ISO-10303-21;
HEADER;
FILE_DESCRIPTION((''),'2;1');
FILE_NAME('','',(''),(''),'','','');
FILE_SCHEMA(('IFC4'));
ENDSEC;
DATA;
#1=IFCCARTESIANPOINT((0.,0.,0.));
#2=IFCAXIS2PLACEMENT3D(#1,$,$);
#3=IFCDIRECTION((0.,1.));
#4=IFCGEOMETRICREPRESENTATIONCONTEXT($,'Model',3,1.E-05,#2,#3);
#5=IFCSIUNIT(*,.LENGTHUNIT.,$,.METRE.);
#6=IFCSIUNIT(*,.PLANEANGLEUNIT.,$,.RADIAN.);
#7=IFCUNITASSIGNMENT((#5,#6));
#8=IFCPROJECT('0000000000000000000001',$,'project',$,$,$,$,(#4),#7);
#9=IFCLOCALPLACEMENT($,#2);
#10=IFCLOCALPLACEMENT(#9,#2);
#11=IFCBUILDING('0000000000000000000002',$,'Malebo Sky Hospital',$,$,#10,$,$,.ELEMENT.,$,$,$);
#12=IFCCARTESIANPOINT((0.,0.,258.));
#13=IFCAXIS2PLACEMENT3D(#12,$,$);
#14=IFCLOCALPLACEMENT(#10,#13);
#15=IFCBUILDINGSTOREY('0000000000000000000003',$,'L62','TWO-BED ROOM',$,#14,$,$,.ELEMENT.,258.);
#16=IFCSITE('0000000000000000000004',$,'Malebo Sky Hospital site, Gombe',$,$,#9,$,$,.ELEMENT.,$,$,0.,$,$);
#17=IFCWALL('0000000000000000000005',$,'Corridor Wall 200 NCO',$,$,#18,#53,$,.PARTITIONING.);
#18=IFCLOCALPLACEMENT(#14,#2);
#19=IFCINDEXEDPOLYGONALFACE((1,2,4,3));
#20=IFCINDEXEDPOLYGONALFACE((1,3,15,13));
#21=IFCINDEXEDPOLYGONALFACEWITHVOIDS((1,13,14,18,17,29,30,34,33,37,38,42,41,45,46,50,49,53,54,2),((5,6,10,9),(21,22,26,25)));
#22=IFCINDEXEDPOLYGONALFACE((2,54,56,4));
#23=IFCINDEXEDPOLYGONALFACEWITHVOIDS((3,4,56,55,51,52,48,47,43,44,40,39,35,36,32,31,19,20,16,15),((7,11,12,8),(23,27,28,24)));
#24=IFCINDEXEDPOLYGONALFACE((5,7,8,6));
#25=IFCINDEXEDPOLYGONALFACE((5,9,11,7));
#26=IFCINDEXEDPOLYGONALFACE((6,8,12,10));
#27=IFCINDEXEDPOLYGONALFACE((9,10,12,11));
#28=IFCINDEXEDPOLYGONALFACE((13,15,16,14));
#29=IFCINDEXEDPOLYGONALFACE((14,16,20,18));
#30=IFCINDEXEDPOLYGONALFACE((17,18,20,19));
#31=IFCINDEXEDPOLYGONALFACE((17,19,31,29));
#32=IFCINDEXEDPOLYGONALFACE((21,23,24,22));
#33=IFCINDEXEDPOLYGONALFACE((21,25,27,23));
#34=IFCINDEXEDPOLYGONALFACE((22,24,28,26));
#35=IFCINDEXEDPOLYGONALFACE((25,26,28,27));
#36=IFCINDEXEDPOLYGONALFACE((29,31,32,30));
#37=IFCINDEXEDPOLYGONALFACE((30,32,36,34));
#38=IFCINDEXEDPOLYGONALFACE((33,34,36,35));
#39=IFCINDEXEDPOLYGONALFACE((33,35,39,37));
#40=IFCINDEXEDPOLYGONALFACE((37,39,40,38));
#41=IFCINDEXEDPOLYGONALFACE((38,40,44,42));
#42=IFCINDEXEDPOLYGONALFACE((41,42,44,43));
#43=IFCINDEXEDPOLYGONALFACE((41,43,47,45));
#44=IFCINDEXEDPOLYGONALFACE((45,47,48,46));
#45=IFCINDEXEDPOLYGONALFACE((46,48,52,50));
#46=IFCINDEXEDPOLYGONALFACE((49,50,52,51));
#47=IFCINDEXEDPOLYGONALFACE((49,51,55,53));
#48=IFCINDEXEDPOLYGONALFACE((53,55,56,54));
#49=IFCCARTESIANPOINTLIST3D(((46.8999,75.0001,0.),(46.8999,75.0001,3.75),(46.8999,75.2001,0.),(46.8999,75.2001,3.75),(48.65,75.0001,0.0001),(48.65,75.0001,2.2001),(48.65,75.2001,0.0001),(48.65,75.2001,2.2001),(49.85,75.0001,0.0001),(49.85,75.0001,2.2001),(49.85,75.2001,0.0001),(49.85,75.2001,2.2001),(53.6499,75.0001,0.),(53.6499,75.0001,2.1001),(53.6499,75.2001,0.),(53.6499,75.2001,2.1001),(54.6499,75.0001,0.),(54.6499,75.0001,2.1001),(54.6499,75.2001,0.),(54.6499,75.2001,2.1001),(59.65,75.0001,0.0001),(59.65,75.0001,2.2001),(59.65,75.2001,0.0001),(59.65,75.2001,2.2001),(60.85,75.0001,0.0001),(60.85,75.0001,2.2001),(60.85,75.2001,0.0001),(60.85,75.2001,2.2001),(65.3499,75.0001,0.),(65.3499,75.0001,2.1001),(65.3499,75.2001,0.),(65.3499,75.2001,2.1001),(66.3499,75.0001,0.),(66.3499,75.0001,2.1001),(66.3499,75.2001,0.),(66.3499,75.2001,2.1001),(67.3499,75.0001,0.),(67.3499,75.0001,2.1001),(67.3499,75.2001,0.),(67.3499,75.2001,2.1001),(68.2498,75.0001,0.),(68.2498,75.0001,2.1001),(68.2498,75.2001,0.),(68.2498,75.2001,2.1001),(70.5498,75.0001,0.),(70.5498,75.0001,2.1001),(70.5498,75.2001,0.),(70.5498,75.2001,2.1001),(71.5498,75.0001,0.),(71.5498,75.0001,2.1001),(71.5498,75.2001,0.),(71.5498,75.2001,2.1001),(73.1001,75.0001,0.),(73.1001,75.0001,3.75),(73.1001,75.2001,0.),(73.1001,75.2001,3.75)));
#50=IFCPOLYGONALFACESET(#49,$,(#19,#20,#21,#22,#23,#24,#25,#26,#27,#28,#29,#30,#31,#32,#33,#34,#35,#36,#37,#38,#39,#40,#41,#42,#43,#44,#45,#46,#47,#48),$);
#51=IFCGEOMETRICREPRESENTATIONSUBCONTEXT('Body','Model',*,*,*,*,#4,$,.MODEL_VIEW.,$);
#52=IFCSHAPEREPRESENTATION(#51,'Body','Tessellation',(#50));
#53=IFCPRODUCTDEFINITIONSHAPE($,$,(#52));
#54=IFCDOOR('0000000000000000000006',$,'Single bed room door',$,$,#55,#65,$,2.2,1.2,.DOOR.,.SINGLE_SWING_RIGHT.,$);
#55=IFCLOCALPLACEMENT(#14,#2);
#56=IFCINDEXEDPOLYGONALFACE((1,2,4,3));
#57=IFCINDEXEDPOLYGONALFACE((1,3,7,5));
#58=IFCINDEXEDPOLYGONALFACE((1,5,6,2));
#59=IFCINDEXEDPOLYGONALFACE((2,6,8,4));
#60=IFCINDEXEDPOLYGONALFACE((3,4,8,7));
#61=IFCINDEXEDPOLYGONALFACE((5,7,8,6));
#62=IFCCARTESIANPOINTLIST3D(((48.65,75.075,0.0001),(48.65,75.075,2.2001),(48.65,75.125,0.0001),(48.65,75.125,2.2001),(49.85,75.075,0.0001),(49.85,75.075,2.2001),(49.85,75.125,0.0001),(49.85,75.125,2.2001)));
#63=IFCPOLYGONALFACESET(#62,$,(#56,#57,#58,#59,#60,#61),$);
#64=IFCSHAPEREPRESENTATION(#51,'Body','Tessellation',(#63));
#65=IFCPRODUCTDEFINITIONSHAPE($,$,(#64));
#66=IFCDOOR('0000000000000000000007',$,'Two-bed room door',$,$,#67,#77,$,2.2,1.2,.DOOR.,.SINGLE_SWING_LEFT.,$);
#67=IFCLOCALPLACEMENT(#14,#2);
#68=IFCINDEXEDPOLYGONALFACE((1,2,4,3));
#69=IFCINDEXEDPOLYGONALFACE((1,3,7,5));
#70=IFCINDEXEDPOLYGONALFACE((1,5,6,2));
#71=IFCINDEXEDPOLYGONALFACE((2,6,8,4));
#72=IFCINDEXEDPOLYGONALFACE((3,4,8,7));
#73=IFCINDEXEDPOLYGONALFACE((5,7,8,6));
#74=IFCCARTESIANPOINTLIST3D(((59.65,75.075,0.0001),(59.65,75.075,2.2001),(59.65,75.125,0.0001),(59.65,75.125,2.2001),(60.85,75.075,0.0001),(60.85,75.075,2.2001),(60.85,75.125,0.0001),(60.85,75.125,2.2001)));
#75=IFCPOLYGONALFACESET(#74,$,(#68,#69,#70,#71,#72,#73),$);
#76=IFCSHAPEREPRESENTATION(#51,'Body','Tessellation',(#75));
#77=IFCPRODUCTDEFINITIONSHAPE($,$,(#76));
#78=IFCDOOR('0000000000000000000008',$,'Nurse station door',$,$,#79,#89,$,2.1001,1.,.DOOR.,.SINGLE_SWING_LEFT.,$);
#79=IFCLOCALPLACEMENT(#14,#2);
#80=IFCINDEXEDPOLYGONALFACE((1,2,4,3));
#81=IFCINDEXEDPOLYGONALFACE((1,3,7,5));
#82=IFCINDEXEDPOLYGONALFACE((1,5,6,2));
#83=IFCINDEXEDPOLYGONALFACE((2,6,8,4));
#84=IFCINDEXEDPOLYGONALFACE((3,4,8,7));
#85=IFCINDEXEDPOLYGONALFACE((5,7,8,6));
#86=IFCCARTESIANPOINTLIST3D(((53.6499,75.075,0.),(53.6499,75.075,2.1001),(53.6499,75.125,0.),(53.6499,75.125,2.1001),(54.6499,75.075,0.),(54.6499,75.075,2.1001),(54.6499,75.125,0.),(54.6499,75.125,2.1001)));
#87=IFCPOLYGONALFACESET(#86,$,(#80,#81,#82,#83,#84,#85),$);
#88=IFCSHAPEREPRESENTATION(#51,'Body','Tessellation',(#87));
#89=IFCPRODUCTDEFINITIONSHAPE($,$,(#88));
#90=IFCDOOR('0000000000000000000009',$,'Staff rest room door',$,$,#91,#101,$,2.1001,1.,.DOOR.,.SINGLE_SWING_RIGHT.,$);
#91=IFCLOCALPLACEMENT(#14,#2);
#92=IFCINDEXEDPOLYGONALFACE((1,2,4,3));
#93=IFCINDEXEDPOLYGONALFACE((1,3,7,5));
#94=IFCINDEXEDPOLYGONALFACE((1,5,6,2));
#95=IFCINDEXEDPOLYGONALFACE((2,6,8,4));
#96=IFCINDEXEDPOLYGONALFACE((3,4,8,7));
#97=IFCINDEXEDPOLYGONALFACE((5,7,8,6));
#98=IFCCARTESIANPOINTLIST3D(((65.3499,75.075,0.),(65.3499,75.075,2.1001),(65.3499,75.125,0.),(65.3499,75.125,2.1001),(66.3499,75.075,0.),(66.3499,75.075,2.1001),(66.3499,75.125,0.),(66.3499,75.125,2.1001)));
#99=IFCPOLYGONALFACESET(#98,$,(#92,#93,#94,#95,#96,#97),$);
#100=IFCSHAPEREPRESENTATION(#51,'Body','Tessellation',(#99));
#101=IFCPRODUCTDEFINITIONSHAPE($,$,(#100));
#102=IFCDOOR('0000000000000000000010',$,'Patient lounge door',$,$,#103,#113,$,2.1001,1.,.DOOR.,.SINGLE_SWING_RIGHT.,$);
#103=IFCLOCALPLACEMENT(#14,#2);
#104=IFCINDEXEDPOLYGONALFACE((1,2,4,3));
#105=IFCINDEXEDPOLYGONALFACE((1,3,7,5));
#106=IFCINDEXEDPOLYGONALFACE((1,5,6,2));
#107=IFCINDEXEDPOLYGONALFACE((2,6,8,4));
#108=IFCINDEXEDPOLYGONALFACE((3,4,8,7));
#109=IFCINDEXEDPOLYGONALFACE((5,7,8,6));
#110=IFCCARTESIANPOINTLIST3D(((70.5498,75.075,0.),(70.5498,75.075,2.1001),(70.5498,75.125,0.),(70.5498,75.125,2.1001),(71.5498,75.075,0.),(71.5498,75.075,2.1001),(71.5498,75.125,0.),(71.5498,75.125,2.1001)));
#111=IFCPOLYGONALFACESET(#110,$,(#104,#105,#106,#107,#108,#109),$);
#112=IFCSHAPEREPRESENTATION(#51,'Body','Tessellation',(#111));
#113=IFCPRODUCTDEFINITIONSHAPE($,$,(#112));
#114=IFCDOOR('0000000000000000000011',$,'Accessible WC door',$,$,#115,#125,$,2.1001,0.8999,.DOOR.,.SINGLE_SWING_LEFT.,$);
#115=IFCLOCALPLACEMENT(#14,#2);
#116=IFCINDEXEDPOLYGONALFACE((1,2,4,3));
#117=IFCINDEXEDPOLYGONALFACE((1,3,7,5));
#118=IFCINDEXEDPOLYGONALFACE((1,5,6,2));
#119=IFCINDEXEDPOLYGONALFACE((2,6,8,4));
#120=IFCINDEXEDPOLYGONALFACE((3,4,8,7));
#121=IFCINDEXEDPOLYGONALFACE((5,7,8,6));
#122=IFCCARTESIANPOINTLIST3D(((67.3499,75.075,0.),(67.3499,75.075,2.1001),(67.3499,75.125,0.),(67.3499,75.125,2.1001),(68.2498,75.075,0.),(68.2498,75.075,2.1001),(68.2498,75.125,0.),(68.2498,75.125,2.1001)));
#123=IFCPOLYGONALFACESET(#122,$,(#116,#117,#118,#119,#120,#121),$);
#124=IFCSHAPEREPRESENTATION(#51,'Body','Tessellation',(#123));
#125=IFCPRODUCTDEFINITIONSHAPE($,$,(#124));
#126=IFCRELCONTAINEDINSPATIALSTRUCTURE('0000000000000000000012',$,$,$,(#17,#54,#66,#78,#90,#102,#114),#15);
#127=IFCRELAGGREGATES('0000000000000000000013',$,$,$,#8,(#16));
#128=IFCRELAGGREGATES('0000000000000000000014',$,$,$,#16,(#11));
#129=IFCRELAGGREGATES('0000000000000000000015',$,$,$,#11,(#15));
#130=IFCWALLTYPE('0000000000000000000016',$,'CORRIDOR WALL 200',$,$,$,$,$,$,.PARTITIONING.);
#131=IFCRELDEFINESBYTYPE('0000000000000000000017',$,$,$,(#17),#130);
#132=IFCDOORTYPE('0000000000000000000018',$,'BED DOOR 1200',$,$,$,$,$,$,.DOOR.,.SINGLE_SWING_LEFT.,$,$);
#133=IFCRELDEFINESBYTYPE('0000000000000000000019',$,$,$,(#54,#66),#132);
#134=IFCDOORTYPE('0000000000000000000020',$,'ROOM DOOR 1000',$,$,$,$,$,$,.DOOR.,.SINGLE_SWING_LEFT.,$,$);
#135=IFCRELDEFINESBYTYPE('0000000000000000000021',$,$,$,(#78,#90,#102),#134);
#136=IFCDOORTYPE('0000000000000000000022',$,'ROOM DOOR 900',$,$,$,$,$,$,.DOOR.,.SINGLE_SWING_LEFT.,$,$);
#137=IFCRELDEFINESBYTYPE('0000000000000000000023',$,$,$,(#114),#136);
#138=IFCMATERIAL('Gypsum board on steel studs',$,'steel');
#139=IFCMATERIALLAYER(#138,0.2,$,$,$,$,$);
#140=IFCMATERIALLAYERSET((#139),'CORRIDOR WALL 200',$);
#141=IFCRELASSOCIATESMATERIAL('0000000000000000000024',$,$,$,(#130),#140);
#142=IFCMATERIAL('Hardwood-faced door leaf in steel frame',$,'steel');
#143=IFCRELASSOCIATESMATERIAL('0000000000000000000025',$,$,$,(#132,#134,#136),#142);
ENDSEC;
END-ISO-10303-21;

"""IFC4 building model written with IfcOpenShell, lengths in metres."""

from ifc_helpers import new_model, si_unit, direction, frame, frame_2d, origin, place, context, subcontext, project, spatial, rectangle, extrude, material, layer, layer_set, type_object, element, fill, save


model = new_model("IFC4")

# Units and contexts
model_context = context("Model", 3, precision=1e-05, world=origin(), true_north=direction((0.0, 1.0)))
body_context = subcontext(model_context, "Body", "Model", "MODEL_VIEW")
ifc_project = project(units=[si_unit("LENGTHUNIT", "METRE"), si_unit("PLANEANGLEUNIT", "RADIAN")], contexts=[model_context])

# Site, building, storey
site_placement = place(None, origin())
site = spatial("IfcSite", under=ifc_project, at=site_placement, Name="Malebo Sky Hospital site, Gombe", CompositionType="ELEMENT", RefElevation=0.0)
building_placement = place(site_placement, origin())
building = spatial("IfcBuilding", under=site, at=building_placement, Name="Malebo Sky Hospital", CompositionType="ELEMENT")
storey_placement = place(building_placement, frame((0.0, 0.0, 258.0)))
storey = spatial("IfcBuildingStorey", under=building, at=storey_placement, Name="L62", Description="TWO-BED ROOM", CompositionType="ELEMENT", Elevation=258.0)

# Shared definitions
ifc_material_1 = material(Name="Hardwood-faced door leaf in steel frame", Category="steel")

# Wall, openings, doors
ifc_material_2 = material(Name="Gypsum board on steel studs", Category="steel")
ifc_layer_1 = layer(ifc_material_2, 0.2)
ifc_layer_set_1 = layer_set([ifc_layer_1], Name="CORRIDOR WALL 200")
wall_type_1 = type_object("IfcWallType", Name="CORRIDOR WALL 200", PredefinedType="PARTITIONING", material=ifc_layer_set_1)
wall_1_placement = place(storey_placement, frame((46.8999, 75.1001, 0.0), z_axis=(0.0, 0.0, 1.0), x_axis=(1.0, 0.0, 0.0)))
wall_1 = element("IfcWall", 1, at=wall_1_placement, inside=storey, type_object=wall_type_1, Name="Corridor Wall 200 NCO", PredefinedType="PARTITIONING", context=body_context, shape_type="SweptSolid", body=[
    extrude(rectangle(XDim=26.2002, YDim=0.2, at=frame_2d((13.1001, 0.0))), origin(), (0.0, 0.0, 1.0), 3.75),
])
opening_1_placement = place(wall_1_placement, frame((1.75, 0.0, 0.0)))
opening_1 = element("IfcOpeningElement", 2, at=opening_1_placement, cuts=wall_1, PredefinedType="OPENING", context=body_context, shape_type="SweptSolid", body=[
    extrude(rectangle(XDim=1.2, YDim=2.2, at=frame_2d((0.6001, 1.1001))), frame((0.0, 0.1099, 0.0), z_axis=(0.0, -1.0, 0.0), x_axis=(1.0, 0.0, 0.0)), (0.0, 0.0, 1.0), 0.22),
])
opening_2_placement = place(wall_1_placement, frame((6.75, 0.0, 0.0)))
opening_2 = element("IfcOpeningElement", 3, at=opening_2_placement, cuts=wall_1, PredefinedType="OPENING", context=body_context, shape_type="SweptSolid", body=[
    extrude(rectangle(XDim=1.0, YDim=2.1001, at=frame_2d((0.5, 1.05))), frame((0.0, 0.1099, 0.0), z_axis=(0.0, -1.0, 0.0), x_axis=(1.0, 0.0, 0.0)), (0.0, 0.0, 1.0), 0.22),
])
opening_3_placement = place(wall_1_placement, frame((12.75, 0.0, 0.0)))
opening_3 = element("IfcOpeningElement", 4, at=opening_3_placement, cuts=wall_1, PredefinedType="OPENING", context=body_context, shape_type="SweptSolid", body=[
    extrude(rectangle(XDim=1.2, YDim=2.2, at=frame_2d((0.6001, 1.1001))), frame((0.0, 0.1099, 0.0), z_axis=(0.0, -1.0, 0.0), x_axis=(1.0, 0.0, 0.0)), (0.0, 0.0, 1.0), 0.22),
])
opening_4_placement = place(wall_1_placement, frame((20.45, 0.0, 0.0)))
opening_4 = element("IfcOpeningElement", 5, at=opening_4_placement, cuts=wall_1, PredefinedType="OPENING", context=body_context, shape_type="SweptSolid", body=[
    extrude(rectangle(XDim=0.8999, YDim=2.1001, at=frame_2d((0.45, 1.05))), frame((0.0, 0.1099, 0.0), z_axis=(0.0, -1.0, 0.0), x_axis=(1.0, 0.0, 0.0)), (0.0, 0.0, 1.0), 0.22),
])
opening_5_placement = place(wall_1_placement, frame((18.45, 0.0, 0.0)))
opening_5 = element("IfcOpeningElement", 6, at=opening_5_placement, cuts=wall_1, PredefinedType="OPENING", context=body_context, shape_type="SweptSolid", body=[
    extrude(rectangle(XDim=1.0, YDim=2.1001, at=frame_2d((0.5, 1.05))), frame((0.0, 0.1099, 0.0), z_axis=(0.0, -1.0, 0.0), x_axis=(1.0, 0.0, 0.0)), (0.0, 0.0, 1.0), 0.22),
])
opening_6_placement = place(wall_1_placement, frame((23.6499, 0.0, 0.0)))
opening_6 = element("IfcOpeningElement", 7, at=opening_6_placement, cuts=wall_1, PredefinedType="OPENING", context=body_context, shape_type="SweptSolid", body=[
    extrude(rectangle(XDim=1.0, YDim=2.1001, at=frame_2d((0.5, 1.05))), frame((0.0, 0.1099, 0.0), z_axis=(0.0, -1.0, 0.0), x_axis=(1.0, 0.0, 0.0)), (0.0, 0.0, 1.0), 0.22),
])
door_type_1 = type_object("IfcDoorType", Name="BED DOOR 1200", OperationType="SINGLE_SWING_LEFT", PredefinedType="DOOR", material=ifc_material_1)
door_1_placement = place(opening_1_placement, origin())
door_1 = element("IfcDoor", 8, at=door_1_placement, inside=storey, type_object=door_type_1, Name="Single bed room door", OperationType="SINGLE_SWING_RIGHT", OverallHeight=2.2, OverallWidth=1.2, PredefinedType="DOOR", context=body_context, shape_type="SweptSolid", body=[
    extrude(rectangle(XDim=1.2, YDim=2.2, at=frame_2d((0.6001, 1.1001))), frame((0.0, 0.0249, 0.0), z_axis=(0.0, -1.0, 0.0), x_axis=(1.0, 0.0, 0.0)), (0.0, 0.0, 1.0), 0.05),
])
fill(opening_1, door_1)
door_2_placement = place(opening_3_placement, origin())
door_2 = element("IfcDoor", 9, at=door_2_placement, inside=storey, type_object=door_type_1, Name="Two-bed room door", OperationType="SINGLE_SWING_LEFT", OverallHeight=2.2, OverallWidth=1.2, PredefinedType="DOOR", context=body_context, shape_type="SweptSolid", body=[
    extrude(rectangle(XDim=1.2, YDim=2.2, at=frame_2d((0.6001, 1.1001))), frame((0.0, 0.0249, 0.0), z_axis=(0.0, -1.0, 0.0), x_axis=(1.0, 0.0, 0.0)), (0.0, 0.0, 1.0), 0.05),
])
fill(opening_3, door_2)
door_type_2 = type_object("IfcDoorType", Name="ROOM DOOR 1000", OperationType="SINGLE_SWING_LEFT", PredefinedType="DOOR", material=ifc_material_1)
door_3_placement = place(opening_2_placement, origin())
door_3 = element("IfcDoor", 10, at=door_3_placement, inside=storey, type_object=door_type_2, Name="Nurse station door", OperationType="SINGLE_SWING_LEFT", OverallHeight=2.1001, OverallWidth=1.0, PredefinedType="DOOR", context=body_context, shape_type="SweptSolid", body=[
    extrude(rectangle(XDim=1.0, YDim=2.1001, at=frame_2d((0.5, 1.05))), frame((0.0, 0.0249, 0.0), z_axis=(0.0, -1.0, 0.0), x_axis=(1.0, 0.0, 0.0)), (0.0, 0.0, 1.0), 0.05),
])
fill(opening_2, door_3)
door_4_placement = place(opening_5_placement, origin())
door_4 = element("IfcDoor", 11, at=door_4_placement, inside=storey, type_object=door_type_2, Name="Staff rest room door", OperationType="SINGLE_SWING_RIGHT", OverallHeight=2.1001, OverallWidth=1.0, PredefinedType="DOOR", context=body_context, shape_type="SweptSolid", body=[
    extrude(rectangle(XDim=1.0, YDim=2.1001, at=frame_2d((0.5, 1.05))), frame((0.0, 0.0249, 0.0), z_axis=(0.0, -1.0, 0.0), x_axis=(1.0, 0.0, 0.0)), (0.0, 0.0, 1.0), 0.05),
])
fill(opening_5, door_4)
door_5_placement = place(opening_6_placement, origin())
door_5 = element("IfcDoor", 12, at=door_5_placement, inside=storey, type_object=door_type_2, Name="Patient lounge door", OperationType="SINGLE_SWING_RIGHT", OverallHeight=2.1001, OverallWidth=1.0, PredefinedType="DOOR", context=body_context, shape_type="SweptSolid", body=[
    extrude(rectangle(XDim=1.0, YDim=2.1001, at=frame_2d((0.5, 1.05))), frame((0.0, 0.0249, 0.0), z_axis=(0.0, -1.0, 0.0), x_axis=(1.0, 0.0, 0.0)), (0.0, 0.0, 1.0), 0.05),
])
fill(opening_6, door_5)
door_type_3 = type_object("IfcDoorType", Name="ROOM DOOR 900", OperationType="SINGLE_SWING_LEFT", PredefinedType="DOOR", material=ifc_material_1)
door_6_placement = place(opening_4_placement, origin())
door_6 = element("IfcDoor", 13, at=door_6_placement, inside=storey, type_object=door_type_3, Name="Accessible WC door", OperationType="SINGLE_SWING_LEFT", OverallHeight=2.1001, OverallWidth=0.8999, PredefinedType="DOOR", context=body_context, shape_type="SweptSolid", body=[
    extrude(rectangle(XDim=0.8999, YDim=2.1001, at=frame_2d((0.45, 1.05))), frame((0.0, 0.0249, 0.0), z_axis=(0.0, -1.0, 0.0), x_axis=(1.0, 0.0, 0.0)), (0.0, 0.0, 1.0), 0.05),
])
fill(opening_4, door_6)

save(model, "model.ifc")
